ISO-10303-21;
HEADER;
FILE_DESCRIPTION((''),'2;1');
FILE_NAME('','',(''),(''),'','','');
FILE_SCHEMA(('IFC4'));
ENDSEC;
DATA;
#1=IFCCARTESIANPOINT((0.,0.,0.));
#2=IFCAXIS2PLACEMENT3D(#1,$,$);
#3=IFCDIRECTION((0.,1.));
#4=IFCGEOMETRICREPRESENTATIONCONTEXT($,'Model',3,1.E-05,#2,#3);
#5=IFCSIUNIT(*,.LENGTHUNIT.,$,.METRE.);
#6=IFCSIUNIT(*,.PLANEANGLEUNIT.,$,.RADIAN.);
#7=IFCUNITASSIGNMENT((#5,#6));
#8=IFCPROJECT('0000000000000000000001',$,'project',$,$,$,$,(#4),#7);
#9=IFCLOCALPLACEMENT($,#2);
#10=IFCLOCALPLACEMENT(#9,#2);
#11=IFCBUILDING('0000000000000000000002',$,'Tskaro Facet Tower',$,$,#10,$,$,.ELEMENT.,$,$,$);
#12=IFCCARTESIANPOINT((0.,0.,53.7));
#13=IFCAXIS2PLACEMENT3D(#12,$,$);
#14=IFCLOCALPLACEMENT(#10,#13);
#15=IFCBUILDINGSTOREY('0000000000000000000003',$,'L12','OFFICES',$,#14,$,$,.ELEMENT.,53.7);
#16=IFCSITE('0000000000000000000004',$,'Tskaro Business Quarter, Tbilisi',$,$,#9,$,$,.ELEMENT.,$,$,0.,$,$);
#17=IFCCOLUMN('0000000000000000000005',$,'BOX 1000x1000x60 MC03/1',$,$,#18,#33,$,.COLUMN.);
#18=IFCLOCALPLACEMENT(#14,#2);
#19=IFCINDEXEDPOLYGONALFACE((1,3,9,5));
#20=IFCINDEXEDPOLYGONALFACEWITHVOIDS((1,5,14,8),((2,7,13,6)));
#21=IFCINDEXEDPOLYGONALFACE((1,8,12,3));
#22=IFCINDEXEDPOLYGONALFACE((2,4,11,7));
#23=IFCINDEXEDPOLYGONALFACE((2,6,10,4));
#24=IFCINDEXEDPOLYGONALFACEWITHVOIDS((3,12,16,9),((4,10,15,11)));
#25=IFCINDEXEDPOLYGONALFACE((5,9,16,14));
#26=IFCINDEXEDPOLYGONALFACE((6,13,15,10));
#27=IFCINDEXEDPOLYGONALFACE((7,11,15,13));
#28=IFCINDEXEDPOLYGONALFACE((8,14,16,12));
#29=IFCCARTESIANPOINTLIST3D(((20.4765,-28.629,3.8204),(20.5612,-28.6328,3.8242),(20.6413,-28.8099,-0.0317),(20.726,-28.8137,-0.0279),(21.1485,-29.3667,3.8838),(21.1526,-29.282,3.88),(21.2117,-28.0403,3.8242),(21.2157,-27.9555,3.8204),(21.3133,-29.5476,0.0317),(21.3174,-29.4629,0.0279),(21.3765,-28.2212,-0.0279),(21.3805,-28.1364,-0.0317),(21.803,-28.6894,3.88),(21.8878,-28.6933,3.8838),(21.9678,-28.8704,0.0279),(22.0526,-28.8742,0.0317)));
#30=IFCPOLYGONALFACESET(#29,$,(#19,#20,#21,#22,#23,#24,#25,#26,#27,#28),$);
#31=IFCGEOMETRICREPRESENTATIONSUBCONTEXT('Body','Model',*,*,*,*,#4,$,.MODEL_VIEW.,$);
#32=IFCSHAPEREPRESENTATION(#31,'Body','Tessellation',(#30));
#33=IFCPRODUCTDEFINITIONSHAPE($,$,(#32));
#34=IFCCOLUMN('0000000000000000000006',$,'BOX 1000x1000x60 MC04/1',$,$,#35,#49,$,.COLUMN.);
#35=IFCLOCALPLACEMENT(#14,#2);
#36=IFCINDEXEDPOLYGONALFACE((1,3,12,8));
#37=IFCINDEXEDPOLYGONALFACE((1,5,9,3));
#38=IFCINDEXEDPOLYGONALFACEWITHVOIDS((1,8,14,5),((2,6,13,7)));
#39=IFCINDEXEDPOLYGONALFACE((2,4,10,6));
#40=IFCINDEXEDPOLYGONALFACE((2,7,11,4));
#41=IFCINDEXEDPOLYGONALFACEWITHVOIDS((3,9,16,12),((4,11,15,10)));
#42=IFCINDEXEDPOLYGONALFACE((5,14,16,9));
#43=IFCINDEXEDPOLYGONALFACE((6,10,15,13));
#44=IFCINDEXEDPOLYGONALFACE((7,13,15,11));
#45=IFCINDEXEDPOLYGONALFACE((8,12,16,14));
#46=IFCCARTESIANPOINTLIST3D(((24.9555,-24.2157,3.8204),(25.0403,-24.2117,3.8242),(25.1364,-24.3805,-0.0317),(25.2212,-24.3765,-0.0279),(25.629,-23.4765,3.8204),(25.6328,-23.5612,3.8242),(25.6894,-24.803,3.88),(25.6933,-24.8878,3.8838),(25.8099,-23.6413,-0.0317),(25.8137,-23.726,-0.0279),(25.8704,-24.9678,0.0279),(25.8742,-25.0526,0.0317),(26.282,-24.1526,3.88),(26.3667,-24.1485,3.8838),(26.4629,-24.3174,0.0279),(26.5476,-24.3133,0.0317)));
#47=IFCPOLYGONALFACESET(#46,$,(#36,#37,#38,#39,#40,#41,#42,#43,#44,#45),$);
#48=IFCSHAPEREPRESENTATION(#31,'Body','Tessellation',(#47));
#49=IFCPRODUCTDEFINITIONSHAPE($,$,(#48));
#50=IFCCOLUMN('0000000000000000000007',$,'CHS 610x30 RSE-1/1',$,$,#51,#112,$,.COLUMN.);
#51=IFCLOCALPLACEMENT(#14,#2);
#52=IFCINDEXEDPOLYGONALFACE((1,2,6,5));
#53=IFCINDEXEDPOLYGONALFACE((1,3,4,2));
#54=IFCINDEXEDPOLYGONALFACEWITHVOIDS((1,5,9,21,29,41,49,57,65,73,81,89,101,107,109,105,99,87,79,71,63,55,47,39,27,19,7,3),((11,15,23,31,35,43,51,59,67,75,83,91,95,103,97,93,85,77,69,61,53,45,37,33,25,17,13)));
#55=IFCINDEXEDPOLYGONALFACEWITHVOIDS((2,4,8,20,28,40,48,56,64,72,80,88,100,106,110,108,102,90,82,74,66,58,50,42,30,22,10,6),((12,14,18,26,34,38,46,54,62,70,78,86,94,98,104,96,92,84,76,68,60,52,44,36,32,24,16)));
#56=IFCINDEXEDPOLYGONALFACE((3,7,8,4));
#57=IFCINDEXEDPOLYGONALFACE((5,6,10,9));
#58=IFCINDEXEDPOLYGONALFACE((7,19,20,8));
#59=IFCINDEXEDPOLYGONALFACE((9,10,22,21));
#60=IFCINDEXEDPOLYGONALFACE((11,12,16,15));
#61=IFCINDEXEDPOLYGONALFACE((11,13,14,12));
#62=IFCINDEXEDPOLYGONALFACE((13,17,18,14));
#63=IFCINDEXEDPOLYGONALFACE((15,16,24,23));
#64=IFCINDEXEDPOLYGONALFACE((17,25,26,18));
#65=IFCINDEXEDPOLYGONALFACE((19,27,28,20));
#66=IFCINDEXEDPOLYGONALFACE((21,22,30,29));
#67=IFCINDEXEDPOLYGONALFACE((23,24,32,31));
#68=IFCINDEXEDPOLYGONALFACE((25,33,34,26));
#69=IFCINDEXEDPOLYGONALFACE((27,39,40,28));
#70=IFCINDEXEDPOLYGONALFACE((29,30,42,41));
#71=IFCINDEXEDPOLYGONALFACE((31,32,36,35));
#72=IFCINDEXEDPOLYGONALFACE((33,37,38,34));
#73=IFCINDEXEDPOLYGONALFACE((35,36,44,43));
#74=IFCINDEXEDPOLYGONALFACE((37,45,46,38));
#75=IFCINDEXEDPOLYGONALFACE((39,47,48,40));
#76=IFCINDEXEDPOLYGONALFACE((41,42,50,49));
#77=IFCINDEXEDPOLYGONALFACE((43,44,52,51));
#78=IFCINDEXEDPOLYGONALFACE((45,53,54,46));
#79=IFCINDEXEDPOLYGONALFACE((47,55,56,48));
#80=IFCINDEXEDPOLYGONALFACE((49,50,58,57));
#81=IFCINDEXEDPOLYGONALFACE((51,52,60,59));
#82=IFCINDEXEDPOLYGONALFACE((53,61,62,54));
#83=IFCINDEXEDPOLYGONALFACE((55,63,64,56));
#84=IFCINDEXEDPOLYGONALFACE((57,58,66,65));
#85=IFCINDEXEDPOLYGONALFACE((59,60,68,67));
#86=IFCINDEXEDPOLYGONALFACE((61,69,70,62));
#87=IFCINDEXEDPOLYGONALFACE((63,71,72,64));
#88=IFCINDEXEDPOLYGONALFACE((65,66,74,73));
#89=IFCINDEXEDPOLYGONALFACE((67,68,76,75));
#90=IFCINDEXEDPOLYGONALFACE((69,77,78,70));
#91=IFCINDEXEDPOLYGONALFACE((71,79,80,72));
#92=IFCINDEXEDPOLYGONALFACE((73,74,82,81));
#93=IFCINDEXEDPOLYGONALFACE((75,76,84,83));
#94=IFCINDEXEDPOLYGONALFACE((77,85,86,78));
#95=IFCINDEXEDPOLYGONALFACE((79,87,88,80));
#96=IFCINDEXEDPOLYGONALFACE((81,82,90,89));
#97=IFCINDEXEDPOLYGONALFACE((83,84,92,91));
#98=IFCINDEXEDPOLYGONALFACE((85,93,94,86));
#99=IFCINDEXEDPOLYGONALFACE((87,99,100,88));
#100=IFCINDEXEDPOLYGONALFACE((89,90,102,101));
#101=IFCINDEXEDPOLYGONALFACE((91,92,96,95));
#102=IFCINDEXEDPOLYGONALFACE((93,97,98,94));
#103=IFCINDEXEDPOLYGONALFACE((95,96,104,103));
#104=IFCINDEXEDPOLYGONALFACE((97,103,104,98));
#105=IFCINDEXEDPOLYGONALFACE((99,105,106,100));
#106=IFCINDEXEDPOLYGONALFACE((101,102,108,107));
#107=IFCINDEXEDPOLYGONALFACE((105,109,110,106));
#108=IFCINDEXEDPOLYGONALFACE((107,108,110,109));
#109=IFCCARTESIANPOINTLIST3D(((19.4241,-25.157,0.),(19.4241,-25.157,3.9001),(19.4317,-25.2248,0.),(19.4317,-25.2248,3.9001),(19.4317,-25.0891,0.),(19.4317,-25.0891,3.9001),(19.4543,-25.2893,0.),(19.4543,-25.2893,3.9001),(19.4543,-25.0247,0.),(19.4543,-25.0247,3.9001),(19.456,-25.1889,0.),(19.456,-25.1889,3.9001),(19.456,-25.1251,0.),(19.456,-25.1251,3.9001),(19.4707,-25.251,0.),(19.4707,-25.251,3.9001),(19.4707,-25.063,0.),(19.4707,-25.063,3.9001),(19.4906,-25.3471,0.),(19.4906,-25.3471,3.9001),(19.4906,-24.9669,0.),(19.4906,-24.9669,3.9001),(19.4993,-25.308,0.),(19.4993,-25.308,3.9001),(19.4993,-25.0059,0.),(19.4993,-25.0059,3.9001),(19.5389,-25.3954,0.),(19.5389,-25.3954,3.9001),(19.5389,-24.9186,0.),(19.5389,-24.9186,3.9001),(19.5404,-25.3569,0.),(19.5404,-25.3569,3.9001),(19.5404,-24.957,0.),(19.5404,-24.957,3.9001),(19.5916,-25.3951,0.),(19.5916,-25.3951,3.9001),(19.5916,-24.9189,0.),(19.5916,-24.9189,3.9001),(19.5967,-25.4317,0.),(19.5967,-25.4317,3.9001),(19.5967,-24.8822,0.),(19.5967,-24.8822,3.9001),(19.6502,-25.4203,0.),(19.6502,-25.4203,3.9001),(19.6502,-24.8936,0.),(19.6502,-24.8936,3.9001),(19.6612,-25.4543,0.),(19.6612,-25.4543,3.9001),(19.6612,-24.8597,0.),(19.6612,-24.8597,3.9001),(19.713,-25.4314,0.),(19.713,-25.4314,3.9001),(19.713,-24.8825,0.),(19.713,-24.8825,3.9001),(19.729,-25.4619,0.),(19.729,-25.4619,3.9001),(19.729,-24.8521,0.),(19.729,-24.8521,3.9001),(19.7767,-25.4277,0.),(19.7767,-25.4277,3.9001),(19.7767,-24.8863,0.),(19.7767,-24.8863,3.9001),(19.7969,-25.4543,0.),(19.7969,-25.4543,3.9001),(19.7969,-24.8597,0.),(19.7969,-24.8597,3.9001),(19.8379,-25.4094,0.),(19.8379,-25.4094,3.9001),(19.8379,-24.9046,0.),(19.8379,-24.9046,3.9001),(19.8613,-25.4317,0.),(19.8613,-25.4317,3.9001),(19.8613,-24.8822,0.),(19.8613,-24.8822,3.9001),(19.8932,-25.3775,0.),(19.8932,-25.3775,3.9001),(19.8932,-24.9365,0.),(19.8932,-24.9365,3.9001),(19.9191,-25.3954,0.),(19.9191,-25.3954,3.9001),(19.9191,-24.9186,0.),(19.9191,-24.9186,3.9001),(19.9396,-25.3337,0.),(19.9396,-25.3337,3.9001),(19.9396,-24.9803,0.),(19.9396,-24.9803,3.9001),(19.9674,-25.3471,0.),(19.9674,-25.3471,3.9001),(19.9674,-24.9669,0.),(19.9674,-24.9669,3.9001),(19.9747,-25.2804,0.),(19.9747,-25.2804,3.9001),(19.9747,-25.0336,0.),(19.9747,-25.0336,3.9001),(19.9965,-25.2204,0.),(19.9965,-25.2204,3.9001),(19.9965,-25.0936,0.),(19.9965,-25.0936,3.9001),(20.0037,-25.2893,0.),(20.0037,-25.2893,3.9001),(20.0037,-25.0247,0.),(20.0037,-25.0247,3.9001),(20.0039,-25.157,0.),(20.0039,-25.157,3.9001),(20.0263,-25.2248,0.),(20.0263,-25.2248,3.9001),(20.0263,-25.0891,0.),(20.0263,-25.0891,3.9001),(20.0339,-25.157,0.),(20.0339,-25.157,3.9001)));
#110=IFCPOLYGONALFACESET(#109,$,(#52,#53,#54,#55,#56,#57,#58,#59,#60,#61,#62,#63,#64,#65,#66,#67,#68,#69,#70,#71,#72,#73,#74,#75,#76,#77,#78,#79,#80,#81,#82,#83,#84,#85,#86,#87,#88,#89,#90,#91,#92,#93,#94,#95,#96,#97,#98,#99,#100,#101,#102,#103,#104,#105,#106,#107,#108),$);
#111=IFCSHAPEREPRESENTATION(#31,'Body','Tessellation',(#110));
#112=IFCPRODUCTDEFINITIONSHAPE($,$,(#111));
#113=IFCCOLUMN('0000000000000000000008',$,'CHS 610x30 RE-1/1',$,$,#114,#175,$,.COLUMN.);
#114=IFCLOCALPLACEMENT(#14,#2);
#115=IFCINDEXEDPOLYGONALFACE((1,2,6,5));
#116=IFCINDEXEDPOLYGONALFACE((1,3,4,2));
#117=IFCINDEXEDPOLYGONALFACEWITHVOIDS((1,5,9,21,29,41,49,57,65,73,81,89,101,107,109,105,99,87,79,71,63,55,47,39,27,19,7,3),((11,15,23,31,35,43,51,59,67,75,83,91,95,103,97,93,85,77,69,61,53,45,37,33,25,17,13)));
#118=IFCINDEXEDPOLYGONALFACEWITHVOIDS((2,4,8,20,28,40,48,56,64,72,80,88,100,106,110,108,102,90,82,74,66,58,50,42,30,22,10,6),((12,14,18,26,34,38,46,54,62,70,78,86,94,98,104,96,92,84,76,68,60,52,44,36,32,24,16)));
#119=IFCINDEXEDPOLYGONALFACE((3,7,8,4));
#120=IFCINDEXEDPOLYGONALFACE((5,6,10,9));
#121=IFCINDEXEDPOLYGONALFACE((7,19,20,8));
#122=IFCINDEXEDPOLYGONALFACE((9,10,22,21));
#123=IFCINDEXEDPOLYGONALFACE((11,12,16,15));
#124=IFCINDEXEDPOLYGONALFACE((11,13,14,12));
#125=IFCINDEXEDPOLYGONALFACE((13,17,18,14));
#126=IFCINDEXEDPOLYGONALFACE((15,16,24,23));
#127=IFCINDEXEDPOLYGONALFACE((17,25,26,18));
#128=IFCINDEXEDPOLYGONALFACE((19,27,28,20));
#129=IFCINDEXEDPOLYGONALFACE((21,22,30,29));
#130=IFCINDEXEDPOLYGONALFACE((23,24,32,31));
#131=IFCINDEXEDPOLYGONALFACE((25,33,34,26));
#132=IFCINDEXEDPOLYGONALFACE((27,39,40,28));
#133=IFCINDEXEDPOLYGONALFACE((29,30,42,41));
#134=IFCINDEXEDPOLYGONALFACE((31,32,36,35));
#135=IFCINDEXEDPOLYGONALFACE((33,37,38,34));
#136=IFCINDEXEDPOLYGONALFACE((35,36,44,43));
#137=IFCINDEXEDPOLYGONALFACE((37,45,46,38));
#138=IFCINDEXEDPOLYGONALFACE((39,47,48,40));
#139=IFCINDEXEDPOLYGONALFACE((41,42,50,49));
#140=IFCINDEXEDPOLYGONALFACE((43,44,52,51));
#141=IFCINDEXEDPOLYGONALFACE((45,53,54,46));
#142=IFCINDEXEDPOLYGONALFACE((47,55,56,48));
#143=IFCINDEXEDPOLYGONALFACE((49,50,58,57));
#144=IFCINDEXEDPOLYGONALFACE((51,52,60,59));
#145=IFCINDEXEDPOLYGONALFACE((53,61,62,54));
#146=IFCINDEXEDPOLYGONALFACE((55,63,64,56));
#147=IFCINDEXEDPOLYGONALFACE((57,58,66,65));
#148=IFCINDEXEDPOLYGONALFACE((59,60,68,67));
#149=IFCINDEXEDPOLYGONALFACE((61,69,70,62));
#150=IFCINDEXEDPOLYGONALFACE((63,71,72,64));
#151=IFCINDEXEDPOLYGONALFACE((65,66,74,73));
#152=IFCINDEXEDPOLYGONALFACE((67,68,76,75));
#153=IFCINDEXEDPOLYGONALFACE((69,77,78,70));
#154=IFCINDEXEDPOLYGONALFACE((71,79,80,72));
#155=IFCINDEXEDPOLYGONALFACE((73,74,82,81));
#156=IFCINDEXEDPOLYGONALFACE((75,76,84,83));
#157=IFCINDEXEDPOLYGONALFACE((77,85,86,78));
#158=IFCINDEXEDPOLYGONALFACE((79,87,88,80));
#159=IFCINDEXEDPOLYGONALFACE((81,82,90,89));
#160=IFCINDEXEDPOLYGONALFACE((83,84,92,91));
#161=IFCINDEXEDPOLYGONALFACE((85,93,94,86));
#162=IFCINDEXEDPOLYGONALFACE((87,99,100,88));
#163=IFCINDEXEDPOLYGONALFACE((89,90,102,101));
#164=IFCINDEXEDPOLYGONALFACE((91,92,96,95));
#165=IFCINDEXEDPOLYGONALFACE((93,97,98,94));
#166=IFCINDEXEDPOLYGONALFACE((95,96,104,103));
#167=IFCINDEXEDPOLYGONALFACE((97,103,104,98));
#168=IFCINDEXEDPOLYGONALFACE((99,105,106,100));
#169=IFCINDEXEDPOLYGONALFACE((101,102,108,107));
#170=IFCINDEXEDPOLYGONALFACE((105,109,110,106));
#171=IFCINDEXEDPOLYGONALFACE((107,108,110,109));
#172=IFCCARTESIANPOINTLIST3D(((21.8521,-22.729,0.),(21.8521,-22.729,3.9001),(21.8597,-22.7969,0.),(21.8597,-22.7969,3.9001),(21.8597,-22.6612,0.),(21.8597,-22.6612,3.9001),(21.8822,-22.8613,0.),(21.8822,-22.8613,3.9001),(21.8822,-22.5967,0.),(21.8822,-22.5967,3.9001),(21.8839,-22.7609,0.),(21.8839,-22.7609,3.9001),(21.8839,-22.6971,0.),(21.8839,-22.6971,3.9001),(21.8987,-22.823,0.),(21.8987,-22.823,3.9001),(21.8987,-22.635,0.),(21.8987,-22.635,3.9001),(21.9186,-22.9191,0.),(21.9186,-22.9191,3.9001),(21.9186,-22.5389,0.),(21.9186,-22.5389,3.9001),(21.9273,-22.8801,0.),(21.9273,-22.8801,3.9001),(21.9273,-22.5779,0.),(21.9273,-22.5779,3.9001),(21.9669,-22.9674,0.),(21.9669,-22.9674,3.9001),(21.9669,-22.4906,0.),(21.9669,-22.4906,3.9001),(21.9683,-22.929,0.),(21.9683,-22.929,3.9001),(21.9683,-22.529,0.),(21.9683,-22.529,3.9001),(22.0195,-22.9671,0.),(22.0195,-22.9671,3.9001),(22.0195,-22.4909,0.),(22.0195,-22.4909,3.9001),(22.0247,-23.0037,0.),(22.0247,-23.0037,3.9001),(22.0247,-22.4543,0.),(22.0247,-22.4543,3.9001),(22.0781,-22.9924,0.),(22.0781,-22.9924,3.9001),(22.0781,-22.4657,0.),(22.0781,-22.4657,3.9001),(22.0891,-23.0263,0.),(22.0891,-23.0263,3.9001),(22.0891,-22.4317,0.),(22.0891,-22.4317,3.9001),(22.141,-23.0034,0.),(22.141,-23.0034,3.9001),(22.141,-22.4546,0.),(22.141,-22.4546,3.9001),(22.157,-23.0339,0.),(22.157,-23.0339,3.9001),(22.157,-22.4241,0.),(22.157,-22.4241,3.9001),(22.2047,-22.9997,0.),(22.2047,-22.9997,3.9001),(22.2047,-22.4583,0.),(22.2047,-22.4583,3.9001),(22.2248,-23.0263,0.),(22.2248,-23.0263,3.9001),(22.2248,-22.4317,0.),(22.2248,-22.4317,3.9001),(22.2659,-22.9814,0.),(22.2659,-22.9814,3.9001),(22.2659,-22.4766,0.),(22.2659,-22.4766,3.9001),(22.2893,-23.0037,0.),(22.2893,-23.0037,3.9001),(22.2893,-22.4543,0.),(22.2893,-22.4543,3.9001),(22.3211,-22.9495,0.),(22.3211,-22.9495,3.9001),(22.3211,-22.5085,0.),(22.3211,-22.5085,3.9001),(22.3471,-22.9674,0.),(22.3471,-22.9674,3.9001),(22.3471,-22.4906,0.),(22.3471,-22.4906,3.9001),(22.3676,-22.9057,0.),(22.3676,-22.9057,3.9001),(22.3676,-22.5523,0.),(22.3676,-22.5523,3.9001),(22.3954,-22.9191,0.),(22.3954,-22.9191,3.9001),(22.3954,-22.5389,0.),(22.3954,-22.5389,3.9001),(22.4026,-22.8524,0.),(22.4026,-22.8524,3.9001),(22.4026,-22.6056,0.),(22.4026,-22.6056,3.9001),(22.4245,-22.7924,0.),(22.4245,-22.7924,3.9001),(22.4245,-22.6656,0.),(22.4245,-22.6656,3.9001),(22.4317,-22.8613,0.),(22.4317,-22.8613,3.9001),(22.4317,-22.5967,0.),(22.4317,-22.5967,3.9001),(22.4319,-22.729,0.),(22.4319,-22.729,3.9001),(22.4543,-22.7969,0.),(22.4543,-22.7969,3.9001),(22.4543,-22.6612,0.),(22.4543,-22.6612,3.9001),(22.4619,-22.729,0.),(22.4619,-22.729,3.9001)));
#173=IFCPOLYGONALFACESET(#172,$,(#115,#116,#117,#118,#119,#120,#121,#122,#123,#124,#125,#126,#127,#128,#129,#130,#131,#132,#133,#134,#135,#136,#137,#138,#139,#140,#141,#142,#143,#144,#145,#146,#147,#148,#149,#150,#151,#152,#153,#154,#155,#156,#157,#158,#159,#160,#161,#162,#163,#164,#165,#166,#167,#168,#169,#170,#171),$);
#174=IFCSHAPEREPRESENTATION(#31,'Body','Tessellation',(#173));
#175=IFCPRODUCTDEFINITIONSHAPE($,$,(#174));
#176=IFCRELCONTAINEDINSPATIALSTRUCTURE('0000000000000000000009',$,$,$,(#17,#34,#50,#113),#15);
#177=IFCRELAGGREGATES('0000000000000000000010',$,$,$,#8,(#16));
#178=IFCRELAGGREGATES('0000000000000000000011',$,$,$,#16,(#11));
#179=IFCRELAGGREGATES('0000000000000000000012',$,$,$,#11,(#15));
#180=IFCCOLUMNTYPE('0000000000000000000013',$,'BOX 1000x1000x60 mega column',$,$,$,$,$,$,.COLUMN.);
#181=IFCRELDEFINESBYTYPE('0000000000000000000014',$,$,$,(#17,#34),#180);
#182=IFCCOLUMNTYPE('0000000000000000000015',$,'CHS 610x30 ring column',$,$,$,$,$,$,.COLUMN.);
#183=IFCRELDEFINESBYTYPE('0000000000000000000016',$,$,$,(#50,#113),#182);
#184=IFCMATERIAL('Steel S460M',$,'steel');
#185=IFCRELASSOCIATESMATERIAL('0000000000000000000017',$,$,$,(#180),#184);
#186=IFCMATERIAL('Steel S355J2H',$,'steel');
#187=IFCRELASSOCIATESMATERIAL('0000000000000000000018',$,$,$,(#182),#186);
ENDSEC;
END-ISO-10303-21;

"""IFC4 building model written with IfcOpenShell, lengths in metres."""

from ifc_helpers import new_model, si_unit, direction, frame, origin, origin_2d, place, context, subcontext, project, spatial, hollow_rectangle, hollow_circle, extrude, material, material_profile, profile_set, type_object, element, save


model = new_model("IFC4")

# Units and contexts
model_context = context("Model", 3, precision=1e-05, world=origin(), true_north=direction((0.0, 1.0)))
body_context = subcontext(model_context, "Body", "Model", "MODEL_VIEW")
ifc_project = project(units=[si_unit("LENGTHUNIT", "METRE"), si_unit("PLANEANGLEUNIT", "RADIAN")], contexts=[model_context])

# Site, building, storey
site_placement = place(None, origin())
site = spatial("IfcSite", under=ifc_project, at=site_placement, Name="Tskaro Business Quarter, Tbilisi", CompositionType="ELEMENT", RefElevation=0.0)
building_placement = place(site_placement, origin())
building = spatial("IfcBuilding", under=site, at=building_placement, Name="Tskaro Facet Tower", CompositionType="ELEMENT")
storey_placement = place(building_placement, frame((0.0, 0.0, 53.7)))
storey = spatial("IfcBuildingStorey", under=building, at=storey_placement, Name="L12", Description="OFFICES", CompositionType="ELEMENT", Elevation=53.7)

# Columns
ifc_material_1 = material(Name="Steel S460M", Category="steel")
ifc_material_profile_1 = material_profile(ifc_material_1, hollow_rectangle(XDim=1.0, YDim=1.0, WallThickness=0.0601, at=origin_2d()), Name="BOX 1000x1000x60")
ifc_profile_set_1 = profile_set([ifc_material_profile_1], Name="Steel S460M")
column_type_1 = type_object("IfcColumnType", Name="BOX 1000x1000x60 mega column", PredefinedType="COLUMN", material=ifc_profile_set_1)
for number, where, z_axis, x_axis, name in (
    (1, (21.3469, -28.842, 0.0), (-0.042695, 0.04687, 0.997988), (-0.739263, -0.673417, 0.0), "BOX 1000x1000x60 MC03/1"),
    (2, (25.842, -24.3469, 0.0), (-0.04687, 0.042695, 0.997988), (-0.673417, -0.739263, 0.0), "BOX 1000x1000x60 MC04/1"),
):
    element("IfcColumn", number, at=place(storey_placement, frame(where, z_axis=z_axis, x_axis=x_axis)), inside=storey, type_object=column_type_1, Name=name, PredefinedType="COLUMN", context=body_context, shape_type="SweptSolid", body=[
        extrude(hollow_rectangle(XDim=1.0, YDim=1.0, WallThickness=0.0601, at=origin_2d()), origin(), (0.0, 0.0, 1.0), 3.8599),
    ])
ifc_material_2 = material(Name="Steel S355J2H", Category="steel")
ifc_material_profile_2 = material_profile(ifc_material_2, hollow_circle(Radius=0.3049, WallThickness=0.03, at=origin_2d()), Name="CHS 610x30")
ifc_profile_set_2 = profile_set([ifc_material_profile_2], Name="Steel S355J2H")
column_type_2 = type_object("IfcColumnType", Name="CHS 610x30 ring column", PredefinedType="COLUMN", material=ifc_profile_set_2)
for number, where, z_axis, x_axis, name in (
    (3, (19.729, -25.157, 0.0), (0.0, 0.0, 1.0), (1.0, 0.0, 0.0), "CHS 610x30 RSE-1/1"),
    (4, (22.157, -22.729, 0.0), (0.0, 0.0, 1.0), (1.0, 0.0, 0.0), "CHS 610x30 RE-1/1"),
):
    element("IfcColumn", number, at=place(storey_placement, frame(where, z_axis=z_axis, x_axis=x_axis)), inside=storey, type_object=column_type_2, Name=name, PredefinedType="COLUMN", context=body_context, shape_type="SweptSolid", body=[
        extrude(hollow_circle(Radius=0.3049, WallThickness=0.03, at=origin_2d()), origin(), (0.0, 0.0, 1.0), 3.9001),
    ])

save(model, "model.ifc")
